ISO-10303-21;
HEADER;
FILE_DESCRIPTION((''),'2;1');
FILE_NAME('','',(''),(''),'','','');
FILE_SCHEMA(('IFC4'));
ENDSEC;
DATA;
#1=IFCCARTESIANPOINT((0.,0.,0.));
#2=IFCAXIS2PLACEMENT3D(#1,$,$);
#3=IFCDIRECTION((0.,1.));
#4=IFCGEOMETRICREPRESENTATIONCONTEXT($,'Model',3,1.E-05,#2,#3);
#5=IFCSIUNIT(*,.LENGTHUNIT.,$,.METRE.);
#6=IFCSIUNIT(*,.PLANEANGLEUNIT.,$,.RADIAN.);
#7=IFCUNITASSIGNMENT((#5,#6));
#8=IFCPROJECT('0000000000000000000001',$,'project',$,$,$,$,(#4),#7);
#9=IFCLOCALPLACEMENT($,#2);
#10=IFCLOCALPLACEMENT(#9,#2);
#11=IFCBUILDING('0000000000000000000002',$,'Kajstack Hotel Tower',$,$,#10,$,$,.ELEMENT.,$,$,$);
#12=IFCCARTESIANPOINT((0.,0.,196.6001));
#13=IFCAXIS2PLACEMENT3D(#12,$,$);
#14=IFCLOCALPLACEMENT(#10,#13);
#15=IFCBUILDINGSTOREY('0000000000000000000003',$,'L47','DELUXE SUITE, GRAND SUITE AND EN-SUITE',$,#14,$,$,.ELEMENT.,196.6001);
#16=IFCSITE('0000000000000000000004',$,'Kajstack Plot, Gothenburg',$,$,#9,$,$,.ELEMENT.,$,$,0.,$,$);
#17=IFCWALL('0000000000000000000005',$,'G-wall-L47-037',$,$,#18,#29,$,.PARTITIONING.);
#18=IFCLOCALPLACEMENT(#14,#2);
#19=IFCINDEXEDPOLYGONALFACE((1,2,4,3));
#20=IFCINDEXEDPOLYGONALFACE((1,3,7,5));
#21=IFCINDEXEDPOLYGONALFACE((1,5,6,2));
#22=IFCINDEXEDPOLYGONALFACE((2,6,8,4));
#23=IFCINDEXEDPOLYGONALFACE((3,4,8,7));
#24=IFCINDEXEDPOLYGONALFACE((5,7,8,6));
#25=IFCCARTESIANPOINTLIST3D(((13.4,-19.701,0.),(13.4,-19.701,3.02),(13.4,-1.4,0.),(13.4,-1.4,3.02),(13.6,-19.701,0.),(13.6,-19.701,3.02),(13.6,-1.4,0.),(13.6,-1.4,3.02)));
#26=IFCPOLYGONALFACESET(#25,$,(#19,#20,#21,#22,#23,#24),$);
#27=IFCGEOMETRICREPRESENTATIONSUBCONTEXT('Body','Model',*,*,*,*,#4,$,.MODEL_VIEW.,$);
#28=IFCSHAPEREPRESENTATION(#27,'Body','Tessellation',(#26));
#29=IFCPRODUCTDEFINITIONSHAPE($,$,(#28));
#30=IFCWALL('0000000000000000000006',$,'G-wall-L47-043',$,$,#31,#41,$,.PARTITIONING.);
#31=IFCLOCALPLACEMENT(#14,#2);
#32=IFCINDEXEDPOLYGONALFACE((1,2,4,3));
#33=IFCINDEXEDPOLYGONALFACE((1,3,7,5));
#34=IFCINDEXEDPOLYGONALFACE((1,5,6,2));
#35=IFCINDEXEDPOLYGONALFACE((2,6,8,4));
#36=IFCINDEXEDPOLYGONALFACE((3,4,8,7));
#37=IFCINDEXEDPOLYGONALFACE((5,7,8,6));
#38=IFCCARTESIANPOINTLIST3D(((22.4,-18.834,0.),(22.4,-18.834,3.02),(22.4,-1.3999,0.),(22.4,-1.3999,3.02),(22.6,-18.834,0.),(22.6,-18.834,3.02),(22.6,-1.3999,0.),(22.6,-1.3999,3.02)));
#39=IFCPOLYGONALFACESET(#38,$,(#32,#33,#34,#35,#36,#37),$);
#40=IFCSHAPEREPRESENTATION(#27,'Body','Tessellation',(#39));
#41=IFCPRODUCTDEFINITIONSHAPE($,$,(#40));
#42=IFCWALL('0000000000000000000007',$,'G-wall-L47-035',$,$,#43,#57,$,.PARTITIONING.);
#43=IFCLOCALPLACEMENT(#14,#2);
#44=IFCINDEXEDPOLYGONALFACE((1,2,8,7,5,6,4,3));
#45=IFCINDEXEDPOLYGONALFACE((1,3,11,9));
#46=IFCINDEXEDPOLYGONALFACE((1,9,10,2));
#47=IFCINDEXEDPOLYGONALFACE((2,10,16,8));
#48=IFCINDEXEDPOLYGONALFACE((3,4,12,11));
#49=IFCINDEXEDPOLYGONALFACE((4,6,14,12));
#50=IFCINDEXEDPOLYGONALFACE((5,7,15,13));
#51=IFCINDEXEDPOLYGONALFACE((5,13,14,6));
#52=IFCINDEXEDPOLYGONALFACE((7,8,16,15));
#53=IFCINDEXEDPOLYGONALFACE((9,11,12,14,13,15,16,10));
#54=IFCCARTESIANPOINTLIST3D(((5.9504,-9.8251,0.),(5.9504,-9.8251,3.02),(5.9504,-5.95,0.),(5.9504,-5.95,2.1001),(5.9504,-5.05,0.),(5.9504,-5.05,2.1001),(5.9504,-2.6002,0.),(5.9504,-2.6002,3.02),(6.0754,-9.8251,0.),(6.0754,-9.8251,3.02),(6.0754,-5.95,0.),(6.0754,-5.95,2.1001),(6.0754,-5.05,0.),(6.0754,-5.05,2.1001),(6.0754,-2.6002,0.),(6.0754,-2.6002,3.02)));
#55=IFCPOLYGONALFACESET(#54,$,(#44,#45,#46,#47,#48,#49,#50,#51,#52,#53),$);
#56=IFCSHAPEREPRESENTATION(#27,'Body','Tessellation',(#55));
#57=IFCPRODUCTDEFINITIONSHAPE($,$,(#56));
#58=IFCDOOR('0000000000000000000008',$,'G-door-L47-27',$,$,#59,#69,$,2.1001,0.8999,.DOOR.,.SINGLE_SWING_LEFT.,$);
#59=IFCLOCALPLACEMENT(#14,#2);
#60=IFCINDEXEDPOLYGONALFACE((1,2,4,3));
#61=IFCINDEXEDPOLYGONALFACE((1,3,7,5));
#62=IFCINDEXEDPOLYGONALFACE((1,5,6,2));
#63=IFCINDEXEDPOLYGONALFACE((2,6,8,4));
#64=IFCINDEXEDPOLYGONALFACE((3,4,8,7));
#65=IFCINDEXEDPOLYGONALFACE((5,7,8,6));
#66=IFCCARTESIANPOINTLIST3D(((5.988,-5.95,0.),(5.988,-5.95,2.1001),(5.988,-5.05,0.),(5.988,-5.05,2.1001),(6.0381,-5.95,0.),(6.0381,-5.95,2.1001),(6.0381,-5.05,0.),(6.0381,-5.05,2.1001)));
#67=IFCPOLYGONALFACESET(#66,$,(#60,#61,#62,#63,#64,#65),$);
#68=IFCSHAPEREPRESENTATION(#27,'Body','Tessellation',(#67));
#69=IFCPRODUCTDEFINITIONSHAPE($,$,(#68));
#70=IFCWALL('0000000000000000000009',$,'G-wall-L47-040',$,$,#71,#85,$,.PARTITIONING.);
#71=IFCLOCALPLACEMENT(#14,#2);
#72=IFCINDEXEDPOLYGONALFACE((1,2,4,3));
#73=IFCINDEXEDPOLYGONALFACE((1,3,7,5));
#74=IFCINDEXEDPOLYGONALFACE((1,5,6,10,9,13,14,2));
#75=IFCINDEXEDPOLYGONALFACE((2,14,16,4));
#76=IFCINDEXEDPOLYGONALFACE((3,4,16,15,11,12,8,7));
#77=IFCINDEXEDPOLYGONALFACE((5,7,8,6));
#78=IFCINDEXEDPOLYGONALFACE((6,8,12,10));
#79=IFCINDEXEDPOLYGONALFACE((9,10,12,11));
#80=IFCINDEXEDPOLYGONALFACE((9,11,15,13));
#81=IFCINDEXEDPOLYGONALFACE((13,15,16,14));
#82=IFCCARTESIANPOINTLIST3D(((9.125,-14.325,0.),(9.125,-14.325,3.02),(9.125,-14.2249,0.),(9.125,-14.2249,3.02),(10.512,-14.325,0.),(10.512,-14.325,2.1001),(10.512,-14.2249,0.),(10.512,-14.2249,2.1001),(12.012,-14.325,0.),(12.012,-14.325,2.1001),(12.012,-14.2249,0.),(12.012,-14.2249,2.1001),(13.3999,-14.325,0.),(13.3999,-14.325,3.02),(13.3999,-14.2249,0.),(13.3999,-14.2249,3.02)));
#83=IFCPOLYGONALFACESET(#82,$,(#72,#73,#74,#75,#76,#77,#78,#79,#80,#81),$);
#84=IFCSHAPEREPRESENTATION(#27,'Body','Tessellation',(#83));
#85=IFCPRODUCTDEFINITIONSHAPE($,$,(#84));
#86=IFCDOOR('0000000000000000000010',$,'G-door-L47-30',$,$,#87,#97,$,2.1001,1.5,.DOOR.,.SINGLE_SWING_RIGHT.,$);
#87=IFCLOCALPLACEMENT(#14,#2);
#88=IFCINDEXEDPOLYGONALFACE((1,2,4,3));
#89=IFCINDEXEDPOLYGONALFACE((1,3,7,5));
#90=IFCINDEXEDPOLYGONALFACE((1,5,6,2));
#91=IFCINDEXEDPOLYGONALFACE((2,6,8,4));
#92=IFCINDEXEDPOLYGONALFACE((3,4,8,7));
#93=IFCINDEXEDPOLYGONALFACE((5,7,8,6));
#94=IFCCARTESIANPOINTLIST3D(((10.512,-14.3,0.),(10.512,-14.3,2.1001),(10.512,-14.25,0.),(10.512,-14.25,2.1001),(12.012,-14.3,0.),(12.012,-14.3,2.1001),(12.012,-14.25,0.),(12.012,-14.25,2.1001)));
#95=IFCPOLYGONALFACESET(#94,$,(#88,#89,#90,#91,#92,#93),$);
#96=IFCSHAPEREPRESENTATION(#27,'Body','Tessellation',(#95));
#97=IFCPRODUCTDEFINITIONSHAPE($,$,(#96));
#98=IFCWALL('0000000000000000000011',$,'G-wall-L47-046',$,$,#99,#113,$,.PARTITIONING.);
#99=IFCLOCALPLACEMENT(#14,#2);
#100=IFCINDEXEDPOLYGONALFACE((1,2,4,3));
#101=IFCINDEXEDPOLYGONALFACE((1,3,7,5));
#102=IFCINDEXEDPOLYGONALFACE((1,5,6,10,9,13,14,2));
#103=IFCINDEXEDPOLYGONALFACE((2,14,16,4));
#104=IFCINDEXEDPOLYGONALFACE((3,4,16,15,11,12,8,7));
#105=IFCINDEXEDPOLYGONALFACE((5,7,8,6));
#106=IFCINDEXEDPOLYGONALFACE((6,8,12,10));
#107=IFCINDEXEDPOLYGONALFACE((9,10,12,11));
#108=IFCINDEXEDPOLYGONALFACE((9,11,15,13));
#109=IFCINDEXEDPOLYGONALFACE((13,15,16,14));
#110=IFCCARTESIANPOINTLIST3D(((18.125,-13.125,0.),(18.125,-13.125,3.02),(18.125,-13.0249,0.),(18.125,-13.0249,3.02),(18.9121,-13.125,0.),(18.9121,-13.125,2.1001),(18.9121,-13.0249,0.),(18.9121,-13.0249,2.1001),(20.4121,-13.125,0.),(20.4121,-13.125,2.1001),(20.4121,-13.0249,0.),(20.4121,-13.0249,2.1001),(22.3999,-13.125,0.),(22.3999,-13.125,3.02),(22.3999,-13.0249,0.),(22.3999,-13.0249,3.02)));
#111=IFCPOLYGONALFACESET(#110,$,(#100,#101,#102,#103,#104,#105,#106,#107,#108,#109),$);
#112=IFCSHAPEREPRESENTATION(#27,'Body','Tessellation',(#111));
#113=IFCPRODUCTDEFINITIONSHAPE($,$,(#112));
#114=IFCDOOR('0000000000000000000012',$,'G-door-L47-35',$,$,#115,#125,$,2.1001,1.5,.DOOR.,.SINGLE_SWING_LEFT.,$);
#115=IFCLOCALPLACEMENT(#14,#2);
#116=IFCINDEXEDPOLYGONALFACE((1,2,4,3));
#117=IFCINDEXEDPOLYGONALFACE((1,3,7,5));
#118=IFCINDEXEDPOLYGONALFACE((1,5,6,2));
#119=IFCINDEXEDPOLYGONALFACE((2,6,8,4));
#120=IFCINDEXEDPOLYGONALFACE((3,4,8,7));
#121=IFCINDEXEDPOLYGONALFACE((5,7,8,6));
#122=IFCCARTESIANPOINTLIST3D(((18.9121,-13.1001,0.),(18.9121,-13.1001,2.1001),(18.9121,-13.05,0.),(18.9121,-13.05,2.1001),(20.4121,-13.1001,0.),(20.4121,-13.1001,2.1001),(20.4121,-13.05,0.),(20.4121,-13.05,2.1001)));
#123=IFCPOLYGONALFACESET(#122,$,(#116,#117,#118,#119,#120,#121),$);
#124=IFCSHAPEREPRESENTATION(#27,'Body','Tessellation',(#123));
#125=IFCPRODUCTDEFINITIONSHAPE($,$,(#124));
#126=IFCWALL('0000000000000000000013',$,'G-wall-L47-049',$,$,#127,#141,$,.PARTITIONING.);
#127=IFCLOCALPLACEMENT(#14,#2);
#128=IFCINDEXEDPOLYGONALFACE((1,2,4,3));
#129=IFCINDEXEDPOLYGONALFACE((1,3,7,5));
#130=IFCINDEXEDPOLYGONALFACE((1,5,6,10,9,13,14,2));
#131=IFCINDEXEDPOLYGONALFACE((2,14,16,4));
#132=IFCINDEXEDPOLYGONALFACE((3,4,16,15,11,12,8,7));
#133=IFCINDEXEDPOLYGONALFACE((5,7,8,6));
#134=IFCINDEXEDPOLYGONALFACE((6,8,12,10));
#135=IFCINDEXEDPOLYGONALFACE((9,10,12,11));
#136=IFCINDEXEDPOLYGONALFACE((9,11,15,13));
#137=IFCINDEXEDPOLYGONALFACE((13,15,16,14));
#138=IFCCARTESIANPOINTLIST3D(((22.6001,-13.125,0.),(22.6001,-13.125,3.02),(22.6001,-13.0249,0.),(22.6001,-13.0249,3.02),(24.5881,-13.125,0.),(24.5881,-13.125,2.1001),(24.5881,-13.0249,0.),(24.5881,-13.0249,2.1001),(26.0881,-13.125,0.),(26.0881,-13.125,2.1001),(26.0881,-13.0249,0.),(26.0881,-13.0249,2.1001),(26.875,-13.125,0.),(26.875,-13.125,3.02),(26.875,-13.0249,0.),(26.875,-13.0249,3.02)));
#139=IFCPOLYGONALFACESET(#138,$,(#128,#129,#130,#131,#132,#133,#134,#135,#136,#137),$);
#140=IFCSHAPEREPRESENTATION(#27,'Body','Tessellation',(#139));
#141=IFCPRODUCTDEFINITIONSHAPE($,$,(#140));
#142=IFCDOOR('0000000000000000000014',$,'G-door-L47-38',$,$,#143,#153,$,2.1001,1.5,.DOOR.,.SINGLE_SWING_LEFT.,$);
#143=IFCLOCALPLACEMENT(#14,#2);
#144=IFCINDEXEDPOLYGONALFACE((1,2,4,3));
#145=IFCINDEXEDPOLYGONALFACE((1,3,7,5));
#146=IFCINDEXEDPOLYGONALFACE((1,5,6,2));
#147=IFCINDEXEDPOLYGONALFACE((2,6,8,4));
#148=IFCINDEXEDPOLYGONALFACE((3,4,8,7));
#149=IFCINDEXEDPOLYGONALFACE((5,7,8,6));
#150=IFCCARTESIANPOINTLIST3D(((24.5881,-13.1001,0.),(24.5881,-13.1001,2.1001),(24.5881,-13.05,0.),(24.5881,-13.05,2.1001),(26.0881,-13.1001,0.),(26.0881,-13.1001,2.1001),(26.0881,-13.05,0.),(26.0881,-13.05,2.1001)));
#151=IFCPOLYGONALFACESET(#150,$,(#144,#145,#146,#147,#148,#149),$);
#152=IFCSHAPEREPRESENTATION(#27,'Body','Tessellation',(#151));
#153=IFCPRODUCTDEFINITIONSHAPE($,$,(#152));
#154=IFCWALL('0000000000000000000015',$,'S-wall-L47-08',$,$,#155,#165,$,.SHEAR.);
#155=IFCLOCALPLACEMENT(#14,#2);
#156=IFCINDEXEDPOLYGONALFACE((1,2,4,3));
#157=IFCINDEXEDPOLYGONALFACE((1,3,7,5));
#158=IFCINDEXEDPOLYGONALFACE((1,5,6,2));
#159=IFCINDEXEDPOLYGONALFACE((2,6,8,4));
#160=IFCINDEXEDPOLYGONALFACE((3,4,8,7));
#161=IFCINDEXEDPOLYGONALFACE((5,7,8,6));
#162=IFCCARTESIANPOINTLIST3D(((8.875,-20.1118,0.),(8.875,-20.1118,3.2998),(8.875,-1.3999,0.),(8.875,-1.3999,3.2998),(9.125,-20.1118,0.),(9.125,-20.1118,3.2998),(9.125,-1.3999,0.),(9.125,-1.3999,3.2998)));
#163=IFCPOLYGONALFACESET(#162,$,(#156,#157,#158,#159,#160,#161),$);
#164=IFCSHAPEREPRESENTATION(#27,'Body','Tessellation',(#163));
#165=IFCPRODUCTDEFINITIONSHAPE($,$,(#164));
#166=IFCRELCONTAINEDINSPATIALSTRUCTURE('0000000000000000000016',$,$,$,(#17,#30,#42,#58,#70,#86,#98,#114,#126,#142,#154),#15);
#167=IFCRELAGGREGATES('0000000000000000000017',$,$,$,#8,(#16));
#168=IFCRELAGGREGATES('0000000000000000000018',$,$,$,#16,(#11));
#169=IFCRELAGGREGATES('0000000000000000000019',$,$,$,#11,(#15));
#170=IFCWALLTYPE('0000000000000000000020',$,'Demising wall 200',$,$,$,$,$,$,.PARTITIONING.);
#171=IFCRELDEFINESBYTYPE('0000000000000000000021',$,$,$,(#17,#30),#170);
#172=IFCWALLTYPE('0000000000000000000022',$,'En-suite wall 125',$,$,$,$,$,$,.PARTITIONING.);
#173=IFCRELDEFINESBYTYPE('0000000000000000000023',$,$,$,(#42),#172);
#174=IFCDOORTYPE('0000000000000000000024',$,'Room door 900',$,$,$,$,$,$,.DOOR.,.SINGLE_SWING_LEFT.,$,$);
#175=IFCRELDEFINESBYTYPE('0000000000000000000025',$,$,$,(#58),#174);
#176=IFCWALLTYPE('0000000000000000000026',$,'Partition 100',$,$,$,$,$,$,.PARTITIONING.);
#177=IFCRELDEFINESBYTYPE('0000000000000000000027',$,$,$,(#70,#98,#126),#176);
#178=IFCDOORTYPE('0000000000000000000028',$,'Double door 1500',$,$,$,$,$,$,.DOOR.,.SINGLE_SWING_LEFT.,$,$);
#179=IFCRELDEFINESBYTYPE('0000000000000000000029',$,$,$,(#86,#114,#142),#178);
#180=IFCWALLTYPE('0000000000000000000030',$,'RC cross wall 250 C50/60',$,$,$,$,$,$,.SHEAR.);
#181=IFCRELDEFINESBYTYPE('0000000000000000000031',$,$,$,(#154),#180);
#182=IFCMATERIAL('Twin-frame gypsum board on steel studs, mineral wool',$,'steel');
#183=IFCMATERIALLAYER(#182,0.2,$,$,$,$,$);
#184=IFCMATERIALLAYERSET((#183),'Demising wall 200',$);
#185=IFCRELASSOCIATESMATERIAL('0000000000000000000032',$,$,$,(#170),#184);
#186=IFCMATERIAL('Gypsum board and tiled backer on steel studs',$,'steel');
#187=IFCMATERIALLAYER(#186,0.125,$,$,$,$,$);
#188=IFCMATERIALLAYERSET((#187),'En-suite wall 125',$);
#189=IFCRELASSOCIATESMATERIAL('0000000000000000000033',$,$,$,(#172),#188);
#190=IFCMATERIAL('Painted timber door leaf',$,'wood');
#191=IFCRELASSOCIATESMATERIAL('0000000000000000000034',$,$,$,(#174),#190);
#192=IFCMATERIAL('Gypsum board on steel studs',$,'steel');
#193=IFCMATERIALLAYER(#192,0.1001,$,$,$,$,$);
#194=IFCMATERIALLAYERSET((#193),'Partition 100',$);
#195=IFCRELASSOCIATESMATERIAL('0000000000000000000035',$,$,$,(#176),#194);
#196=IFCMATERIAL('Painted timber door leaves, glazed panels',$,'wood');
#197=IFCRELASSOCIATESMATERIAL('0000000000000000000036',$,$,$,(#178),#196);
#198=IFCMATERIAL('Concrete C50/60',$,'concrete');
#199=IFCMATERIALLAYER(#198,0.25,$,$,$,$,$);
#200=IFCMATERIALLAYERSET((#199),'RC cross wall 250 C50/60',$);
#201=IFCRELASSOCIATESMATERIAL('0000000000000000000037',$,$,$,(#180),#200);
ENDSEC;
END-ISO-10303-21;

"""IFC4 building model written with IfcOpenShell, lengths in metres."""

from ifc_helpers import new_model, si_unit, direction, frame, frame_2d, origin, place, context, subcontext, project, spatial, rectangle, extrude, material, layer, layer_set, type_object, element, fill, save


model = new_model("IFC4")

# Units and contexts
model_context = context("Model", 3, precision=1e-05, world=origin(), true_north=direction((0.0, 1.0)))
body_context = subcontext(model_context, "Body", "Model", "MODEL_VIEW")
ifc_project = project(units=[si_unit("LENGTHUNIT", "METRE"), si_unit("PLANEANGLEUNIT", "RADIAN")], contexts=[model_context])

# Site, building, storey
site_placement = place(None, origin())
site = spatial("IfcSite", under=ifc_project, at=site_placement, Name="Kajstack Plot, Gothenburg", CompositionType="ELEMENT", RefElevation=0.0)
building_placement = place(site_placement, origin())
building = spatial("IfcBuilding", under=site, at=building_placement, Name="Kajstack Hotel Tower", CompositionType="ELEMENT")
storey_placement = place(building_placement, frame((0.0, 0.0, 196.6001)))
storey = spatial("IfcBuildingStorey", under=building, at=storey_placement, Name="L47", Description="DELUXE SUITE, GRAND SUITE AND EN-SUITE", CompositionType="ELEMENT", Elevation=196.6001)

# Walls
ifc_material_1 = material(Name="Twin-frame gypsum board on steel studs, mineral wool", Category="steel")
ifc_layer_1 = layer(ifc_material_1, 0.2)
ifc_layer_set_1 = layer_set([ifc_layer_1], Name="Demising wall 200")
wall_type_1 = type_object("IfcWallType", Name="Demising wall 200", PredefinedType="PARTITIONING", material=ifc_layer_set_1)
wall_1_placement = place(storey_placement, frame((13.5, -19.7009, 0.0), z_axis=(0.0, 0.0, 1.0), x_axis=(0.0, 1.0, 0.0)))
element("IfcWall", 1, at=wall_1_placement, inside=storey, type_object=wall_type_1, Name="G-wall-L47-037", PredefinedType="PARTITIONING", context=body_context, shape_type="SweptSolid", body=[
    extrude(rectangle(XDim=18.301, YDim=0.2, at=frame_2d((9.1504, 0.0))), origin(), (0.0, 0.0, 1.0), 3.02),
])
wall_2_placement = place(storey_placement, frame((22.5, -18.834, 0.0), z_axis=(0.0, 0.0, 1.0), x_axis=(0.0, 1.0, 0.0)))
element("IfcWall", 2, at=wall_2_placement, inside=storey, type_object=wall_type_1, Name="G-wall-L47-043", PredefinedType="PARTITIONING", context=body_context, shape_type="SweptSolid", body=[
    extrude(rectangle(XDim=17.4341, YDim=0.2, at=frame_2d((8.717, 0.0))), origin(), (0.0, 0.0, 1.0), 3.02),
])

# Walls, openings, doors
ifc_material_2 = material(Name="Gypsum board and tiled backer on steel studs", Category="steel")
ifc_layer_2 = layer(ifc_material_2, 0.125)
ifc_layer_set_2 = layer_set([ifc_layer_2], Name="En-suite wall 125")
wall_type_2 = type_object("IfcWallType", Name="En-suite wall 125", PredefinedType="PARTITIONING", material=ifc_layer_set_2)
wall_3_placement = place(storey_placement, frame((6.0129, -9.825, 0.0), z_axis=(0.0, 0.0, 1.0), x_axis=(0.0, 1.0, 0.0)))
wall_3 = element("IfcWall", 3, at=wall_3_placement, inside=storey, type_object=wall_type_2, Name="G-wall-L47-035", PredefinedType="PARTITIONING", context=body_context, shape_type="SweptSolid", body=[
    extrude(rectangle(XDim=7.2249, YDim=0.125, at=frame_2d((3.6123, 0.0))), origin(), (0.0, 0.0, 1.0), 3.02),
])
opening_1_placement = place(wall_3_placement, frame((3.875, 0.0, 0.0)))
opening_1 = element("IfcOpeningElement", 4, at=opening_1_placement, cuts=wall_3, PredefinedType="OPENING", context=body_context, shape_type="SweptSolid", body=[
    extrude(rectangle(XDim=0.8999, YDim=2.1001, at=frame_2d((0.45, 1.05))), frame((0.0, 0.0725, 0.0), z_axis=(0.0, -1.0, 0.0), x_axis=(1.0, 0.0, 0.0)), (0.0, 0.0, 1.0), 0.145),
])
ifc_material_3 = material(Name="Painted timber door leaf", Category="wood")
door_type_1 = type_object("IfcDoorType", Name="Room door 900", OperationType="SINGLE_SWING_LEFT", PredefinedType="DOOR", material=ifc_material_3)
door_1_placement = place(opening_1_placement, origin())
door_1 = element("IfcDoor", 5, at=door_1_placement, inside=storey, type_object=door_type_1, Name="G-door-L47-27", OperationType="SINGLE_SWING_LEFT", OverallHeight=2.1001, OverallWidth=0.8999, PredefinedType="DOOR", context=body_context, shape_type="SweptSolid", body=[
    extrude(rectangle(XDim=0.8999, YDim=2.1001, at=frame_2d((0.45, 1.05))), frame((0.0, 0.0249, 0.0), z_axis=(0.0, -1.0, 0.0), x_axis=(1.0, 0.0, 0.0)), (0.0, 0.0, 1.0), 0.05),
])
fill(opening_1, door_1)
ifc_material_4 = material(Name="Gypsum board on steel studs", Category="steel")
ifc_layer_3 = layer(ifc_material_4, 0.1001)
ifc_layer_set_3 = layer_set([ifc_layer_3], Name="Partition 100")
wall_type_3 = type_object("IfcWallType", Name="Partition 100", PredefinedType="PARTITIONING", material=ifc_layer_set_3)
wall_4_placement = place(storey_placement, frame((9.125, -14.2749, 0.0), z_axis=(0.0, 0.0, 1.0), x_axis=(1.0, 0.0, 0.0)))
wall_4 = element("IfcWall", 6, at=wall_4_placement, inside=storey, type_object=wall_type_3, Name="G-wall-L47-040", PredefinedType="PARTITIONING", context=body_context, shape_type="SweptSolid", body=[
    extrude(rectangle(XDim=4.2749, YDim=0.1001, at=frame_2d((2.1375, 0.0))), origin(), (0.0, 0.0, 1.0), 3.02),
])
opening_2_placement = place(wall_4_placement, frame((1.387, 0.0, 0.0)))
opening_2 = element("IfcOpeningElement", 7, at=opening_2_placement, cuts=wall_4, PredefinedType="OPENING", context=body_context, shape_type="SweptSolid", body=[
    extrude(rectangle(XDim=1.5, YDim=2.1001, at=frame_2d((0.75, 1.05))), frame((0.0, 0.0601, 0.0), z_axis=(0.0, -1.0, 0.0), x_axis=(1.0, 0.0, 0.0)), (0.0, 0.0, 1.0), 0.1201),
])
ifc_material_5 = material(Name="Painted timber door leaves, glazed panels", Category="wood")
door_type_2 = type_object("IfcDoorType", Name="Double door 1500", OperationType="SINGLE_SWING_LEFT", PredefinedType="DOOR", material=ifc_material_5)
door_2_placement = place(opening_2_placement, origin())
door_2 = element("IfcDoor", 8, at=door_2_placement, inside=storey, type_object=door_type_2, Name="G-door-L47-30", OperationType="SINGLE_SWING_RIGHT", OverallHeight=2.1001, OverallWidth=1.5, PredefinedType="DOOR", context=body_context, shape_type="SweptSolid", body=[
    extrude(rectangle(XDim=1.5, YDim=2.1001, at=frame_2d((0.75, 1.05))), frame((0.0, 0.0249, 0.0), z_axis=(0.0, -1.0, 0.0), x_axis=(1.0, 0.0, 0.0)), (0.0, 0.0, 1.0), 0.05),
])
fill(opening_2, door_2)
wall_5_placement = place(storey_placement, frame((18.125, -13.075, 0.0), z_axis=(0.0, 0.0, 1.0), x_axis=(1.0, 0.0, 0.0)))
wall_5 = element("IfcWall", 9, at=wall_5_placement, inside=storey, type_object=wall_type_3, Name="G-wall-L47-046", PredefinedType="PARTITIONING", context=body_context, shape_type="SweptSolid", body=[
    extrude(rectangle(XDim=4.2749, YDim=0.1001, at=frame_2d((2.1375, 0.0))), origin(), (0.0, 0.0, 1.0), 3.02),
])
opening_3_placement = place(wall_5_placement, frame((0.7871, 0.0, 0.0)))
opening_3 = element("IfcOpeningElement", 10, at=opening_3_placement, cuts=wall_5, PredefinedType="OPENING", context=body_context, shape_type="SweptSolid", body=[
    extrude(rectangle(XDim=1.5, YDim=2.1001, at=frame_2d((0.75, 1.05))), frame((0.0, 0.0601, 0.0), z_axis=(0.0, -1.0, 0.0), x_axis=(1.0, 0.0, 0.0)), (0.0, 0.0, 1.0), 0.1201),
])
door_3_placement = place(opening_3_placement, origin())
door_3 = element("IfcDoor", 11, at=door_3_placement, inside=storey, type_object=door_type_2, Name="G-door-L47-35", OperationType="SINGLE_SWING_LEFT", OverallHeight=2.1001, OverallWidth=1.5, PredefinedType="DOOR", context=body_context, shape_type="SweptSolid", body=[
    extrude(rectangle(XDim=1.5, YDim=2.1001, at=frame_2d((0.75, 1.05))), frame((0.0, 0.0249, 0.0), z_axis=(0.0, -1.0, 0.0), x_axis=(1.0, 0.0, 0.0)), (0.0, 0.0, 1.0), 0.05),
])
fill(opening_3, door_3)
wall_6_placement = place(storey_placement, frame((22.6001, -13.075, 0.0), z_axis=(0.0, 0.0, 1.0), x_axis=(1.0, 0.0, 0.0)))
wall_6 = element("IfcWall", 12, at=wall_6_placement, inside=storey, type_object=wall_type_3, Name="G-wall-L47-049", PredefinedType="PARTITIONING", context=body_context, shape_type="SweptSolid", body=[
    extrude(rectangle(XDim=4.2749, YDim=0.1001, at=frame_2d((2.1375, 0.0))), origin(), (0.0, 0.0, 1.0), 3.02),
])
opening_4_placement = place(wall_6_placement, frame((1.988, 0.0, 0.0)))
opening_4 = element("IfcOpeningElement", 13, at=opening_4_placement, cuts=wall_6, PredefinedType="OPENING", context=body_context, shape_type="SweptSolid", body=[
    extrude(rectangle(XDim=1.5, YDim=2.1001, at=frame_2d((0.75, 1.05))), frame((0.0, 0.0601, 0.0), z_axis=(0.0, -1.0, 0.0), x_axis=(1.0, 0.0, 0.0)), (0.0, 0.0, 1.0), 0.1201),
])
door_4_placement = place(opening_4_placement, origin())
door_4 = element("IfcDoor", 14, at=door_4_placement, inside=storey, type_object=door_type_2, Name="G-door-L47-38", OperationType="SINGLE_SWING_LEFT", OverallHeight=2.1001, OverallWidth=1.5, PredefinedType="DOOR", context=body_context, shape_type="SweptSolid", body=[
    extrude(rectangle(XDim=1.5, YDim=2.1001, at=frame_2d((0.75, 1.05))), frame((0.0, 0.0249, 0.0), z_axis=(0.0, -1.0, 0.0), x_axis=(1.0, 0.0, 0.0)), (0.0, 0.0, 1.0), 0.05),
])
fill(opening_4, door_4)

# Wall
ifc_material_6 = material(Name="Concrete C50/60", Category="concrete")
ifc_layer_4 = layer(ifc_material_6, 0.25)
ifc_layer_set_4 = layer_set([ifc_layer_4], Name="RC cross wall 250 C50/60")
wall_type_4 = type_object("IfcWallType", Name="RC cross wall 250 C50/60", PredefinedType="SHEAR", material=ifc_layer_set_4)
wall_7_placement = place(storey_placement, frame((9.0, -20.1118, 0.0), z_axis=(0.0, 0.0, 1.0), x_axis=(0.0, 1.0, 0.0)))
element("IfcWall", 15, at=wall_7_placement, inside=storey, type_object=wall_type_4, Name="S-wall-L47-08", PredefinedType="SHEAR", context=body_context, shape_type="SweptSolid", body=[
    extrude(rectangle(XDim=18.7119, YDim=0.25, at=frame_2d((9.356, 0.0))), origin(), (0.0, 0.0, 1.0), 3.2998),
])

save(model, "model.ifc")
